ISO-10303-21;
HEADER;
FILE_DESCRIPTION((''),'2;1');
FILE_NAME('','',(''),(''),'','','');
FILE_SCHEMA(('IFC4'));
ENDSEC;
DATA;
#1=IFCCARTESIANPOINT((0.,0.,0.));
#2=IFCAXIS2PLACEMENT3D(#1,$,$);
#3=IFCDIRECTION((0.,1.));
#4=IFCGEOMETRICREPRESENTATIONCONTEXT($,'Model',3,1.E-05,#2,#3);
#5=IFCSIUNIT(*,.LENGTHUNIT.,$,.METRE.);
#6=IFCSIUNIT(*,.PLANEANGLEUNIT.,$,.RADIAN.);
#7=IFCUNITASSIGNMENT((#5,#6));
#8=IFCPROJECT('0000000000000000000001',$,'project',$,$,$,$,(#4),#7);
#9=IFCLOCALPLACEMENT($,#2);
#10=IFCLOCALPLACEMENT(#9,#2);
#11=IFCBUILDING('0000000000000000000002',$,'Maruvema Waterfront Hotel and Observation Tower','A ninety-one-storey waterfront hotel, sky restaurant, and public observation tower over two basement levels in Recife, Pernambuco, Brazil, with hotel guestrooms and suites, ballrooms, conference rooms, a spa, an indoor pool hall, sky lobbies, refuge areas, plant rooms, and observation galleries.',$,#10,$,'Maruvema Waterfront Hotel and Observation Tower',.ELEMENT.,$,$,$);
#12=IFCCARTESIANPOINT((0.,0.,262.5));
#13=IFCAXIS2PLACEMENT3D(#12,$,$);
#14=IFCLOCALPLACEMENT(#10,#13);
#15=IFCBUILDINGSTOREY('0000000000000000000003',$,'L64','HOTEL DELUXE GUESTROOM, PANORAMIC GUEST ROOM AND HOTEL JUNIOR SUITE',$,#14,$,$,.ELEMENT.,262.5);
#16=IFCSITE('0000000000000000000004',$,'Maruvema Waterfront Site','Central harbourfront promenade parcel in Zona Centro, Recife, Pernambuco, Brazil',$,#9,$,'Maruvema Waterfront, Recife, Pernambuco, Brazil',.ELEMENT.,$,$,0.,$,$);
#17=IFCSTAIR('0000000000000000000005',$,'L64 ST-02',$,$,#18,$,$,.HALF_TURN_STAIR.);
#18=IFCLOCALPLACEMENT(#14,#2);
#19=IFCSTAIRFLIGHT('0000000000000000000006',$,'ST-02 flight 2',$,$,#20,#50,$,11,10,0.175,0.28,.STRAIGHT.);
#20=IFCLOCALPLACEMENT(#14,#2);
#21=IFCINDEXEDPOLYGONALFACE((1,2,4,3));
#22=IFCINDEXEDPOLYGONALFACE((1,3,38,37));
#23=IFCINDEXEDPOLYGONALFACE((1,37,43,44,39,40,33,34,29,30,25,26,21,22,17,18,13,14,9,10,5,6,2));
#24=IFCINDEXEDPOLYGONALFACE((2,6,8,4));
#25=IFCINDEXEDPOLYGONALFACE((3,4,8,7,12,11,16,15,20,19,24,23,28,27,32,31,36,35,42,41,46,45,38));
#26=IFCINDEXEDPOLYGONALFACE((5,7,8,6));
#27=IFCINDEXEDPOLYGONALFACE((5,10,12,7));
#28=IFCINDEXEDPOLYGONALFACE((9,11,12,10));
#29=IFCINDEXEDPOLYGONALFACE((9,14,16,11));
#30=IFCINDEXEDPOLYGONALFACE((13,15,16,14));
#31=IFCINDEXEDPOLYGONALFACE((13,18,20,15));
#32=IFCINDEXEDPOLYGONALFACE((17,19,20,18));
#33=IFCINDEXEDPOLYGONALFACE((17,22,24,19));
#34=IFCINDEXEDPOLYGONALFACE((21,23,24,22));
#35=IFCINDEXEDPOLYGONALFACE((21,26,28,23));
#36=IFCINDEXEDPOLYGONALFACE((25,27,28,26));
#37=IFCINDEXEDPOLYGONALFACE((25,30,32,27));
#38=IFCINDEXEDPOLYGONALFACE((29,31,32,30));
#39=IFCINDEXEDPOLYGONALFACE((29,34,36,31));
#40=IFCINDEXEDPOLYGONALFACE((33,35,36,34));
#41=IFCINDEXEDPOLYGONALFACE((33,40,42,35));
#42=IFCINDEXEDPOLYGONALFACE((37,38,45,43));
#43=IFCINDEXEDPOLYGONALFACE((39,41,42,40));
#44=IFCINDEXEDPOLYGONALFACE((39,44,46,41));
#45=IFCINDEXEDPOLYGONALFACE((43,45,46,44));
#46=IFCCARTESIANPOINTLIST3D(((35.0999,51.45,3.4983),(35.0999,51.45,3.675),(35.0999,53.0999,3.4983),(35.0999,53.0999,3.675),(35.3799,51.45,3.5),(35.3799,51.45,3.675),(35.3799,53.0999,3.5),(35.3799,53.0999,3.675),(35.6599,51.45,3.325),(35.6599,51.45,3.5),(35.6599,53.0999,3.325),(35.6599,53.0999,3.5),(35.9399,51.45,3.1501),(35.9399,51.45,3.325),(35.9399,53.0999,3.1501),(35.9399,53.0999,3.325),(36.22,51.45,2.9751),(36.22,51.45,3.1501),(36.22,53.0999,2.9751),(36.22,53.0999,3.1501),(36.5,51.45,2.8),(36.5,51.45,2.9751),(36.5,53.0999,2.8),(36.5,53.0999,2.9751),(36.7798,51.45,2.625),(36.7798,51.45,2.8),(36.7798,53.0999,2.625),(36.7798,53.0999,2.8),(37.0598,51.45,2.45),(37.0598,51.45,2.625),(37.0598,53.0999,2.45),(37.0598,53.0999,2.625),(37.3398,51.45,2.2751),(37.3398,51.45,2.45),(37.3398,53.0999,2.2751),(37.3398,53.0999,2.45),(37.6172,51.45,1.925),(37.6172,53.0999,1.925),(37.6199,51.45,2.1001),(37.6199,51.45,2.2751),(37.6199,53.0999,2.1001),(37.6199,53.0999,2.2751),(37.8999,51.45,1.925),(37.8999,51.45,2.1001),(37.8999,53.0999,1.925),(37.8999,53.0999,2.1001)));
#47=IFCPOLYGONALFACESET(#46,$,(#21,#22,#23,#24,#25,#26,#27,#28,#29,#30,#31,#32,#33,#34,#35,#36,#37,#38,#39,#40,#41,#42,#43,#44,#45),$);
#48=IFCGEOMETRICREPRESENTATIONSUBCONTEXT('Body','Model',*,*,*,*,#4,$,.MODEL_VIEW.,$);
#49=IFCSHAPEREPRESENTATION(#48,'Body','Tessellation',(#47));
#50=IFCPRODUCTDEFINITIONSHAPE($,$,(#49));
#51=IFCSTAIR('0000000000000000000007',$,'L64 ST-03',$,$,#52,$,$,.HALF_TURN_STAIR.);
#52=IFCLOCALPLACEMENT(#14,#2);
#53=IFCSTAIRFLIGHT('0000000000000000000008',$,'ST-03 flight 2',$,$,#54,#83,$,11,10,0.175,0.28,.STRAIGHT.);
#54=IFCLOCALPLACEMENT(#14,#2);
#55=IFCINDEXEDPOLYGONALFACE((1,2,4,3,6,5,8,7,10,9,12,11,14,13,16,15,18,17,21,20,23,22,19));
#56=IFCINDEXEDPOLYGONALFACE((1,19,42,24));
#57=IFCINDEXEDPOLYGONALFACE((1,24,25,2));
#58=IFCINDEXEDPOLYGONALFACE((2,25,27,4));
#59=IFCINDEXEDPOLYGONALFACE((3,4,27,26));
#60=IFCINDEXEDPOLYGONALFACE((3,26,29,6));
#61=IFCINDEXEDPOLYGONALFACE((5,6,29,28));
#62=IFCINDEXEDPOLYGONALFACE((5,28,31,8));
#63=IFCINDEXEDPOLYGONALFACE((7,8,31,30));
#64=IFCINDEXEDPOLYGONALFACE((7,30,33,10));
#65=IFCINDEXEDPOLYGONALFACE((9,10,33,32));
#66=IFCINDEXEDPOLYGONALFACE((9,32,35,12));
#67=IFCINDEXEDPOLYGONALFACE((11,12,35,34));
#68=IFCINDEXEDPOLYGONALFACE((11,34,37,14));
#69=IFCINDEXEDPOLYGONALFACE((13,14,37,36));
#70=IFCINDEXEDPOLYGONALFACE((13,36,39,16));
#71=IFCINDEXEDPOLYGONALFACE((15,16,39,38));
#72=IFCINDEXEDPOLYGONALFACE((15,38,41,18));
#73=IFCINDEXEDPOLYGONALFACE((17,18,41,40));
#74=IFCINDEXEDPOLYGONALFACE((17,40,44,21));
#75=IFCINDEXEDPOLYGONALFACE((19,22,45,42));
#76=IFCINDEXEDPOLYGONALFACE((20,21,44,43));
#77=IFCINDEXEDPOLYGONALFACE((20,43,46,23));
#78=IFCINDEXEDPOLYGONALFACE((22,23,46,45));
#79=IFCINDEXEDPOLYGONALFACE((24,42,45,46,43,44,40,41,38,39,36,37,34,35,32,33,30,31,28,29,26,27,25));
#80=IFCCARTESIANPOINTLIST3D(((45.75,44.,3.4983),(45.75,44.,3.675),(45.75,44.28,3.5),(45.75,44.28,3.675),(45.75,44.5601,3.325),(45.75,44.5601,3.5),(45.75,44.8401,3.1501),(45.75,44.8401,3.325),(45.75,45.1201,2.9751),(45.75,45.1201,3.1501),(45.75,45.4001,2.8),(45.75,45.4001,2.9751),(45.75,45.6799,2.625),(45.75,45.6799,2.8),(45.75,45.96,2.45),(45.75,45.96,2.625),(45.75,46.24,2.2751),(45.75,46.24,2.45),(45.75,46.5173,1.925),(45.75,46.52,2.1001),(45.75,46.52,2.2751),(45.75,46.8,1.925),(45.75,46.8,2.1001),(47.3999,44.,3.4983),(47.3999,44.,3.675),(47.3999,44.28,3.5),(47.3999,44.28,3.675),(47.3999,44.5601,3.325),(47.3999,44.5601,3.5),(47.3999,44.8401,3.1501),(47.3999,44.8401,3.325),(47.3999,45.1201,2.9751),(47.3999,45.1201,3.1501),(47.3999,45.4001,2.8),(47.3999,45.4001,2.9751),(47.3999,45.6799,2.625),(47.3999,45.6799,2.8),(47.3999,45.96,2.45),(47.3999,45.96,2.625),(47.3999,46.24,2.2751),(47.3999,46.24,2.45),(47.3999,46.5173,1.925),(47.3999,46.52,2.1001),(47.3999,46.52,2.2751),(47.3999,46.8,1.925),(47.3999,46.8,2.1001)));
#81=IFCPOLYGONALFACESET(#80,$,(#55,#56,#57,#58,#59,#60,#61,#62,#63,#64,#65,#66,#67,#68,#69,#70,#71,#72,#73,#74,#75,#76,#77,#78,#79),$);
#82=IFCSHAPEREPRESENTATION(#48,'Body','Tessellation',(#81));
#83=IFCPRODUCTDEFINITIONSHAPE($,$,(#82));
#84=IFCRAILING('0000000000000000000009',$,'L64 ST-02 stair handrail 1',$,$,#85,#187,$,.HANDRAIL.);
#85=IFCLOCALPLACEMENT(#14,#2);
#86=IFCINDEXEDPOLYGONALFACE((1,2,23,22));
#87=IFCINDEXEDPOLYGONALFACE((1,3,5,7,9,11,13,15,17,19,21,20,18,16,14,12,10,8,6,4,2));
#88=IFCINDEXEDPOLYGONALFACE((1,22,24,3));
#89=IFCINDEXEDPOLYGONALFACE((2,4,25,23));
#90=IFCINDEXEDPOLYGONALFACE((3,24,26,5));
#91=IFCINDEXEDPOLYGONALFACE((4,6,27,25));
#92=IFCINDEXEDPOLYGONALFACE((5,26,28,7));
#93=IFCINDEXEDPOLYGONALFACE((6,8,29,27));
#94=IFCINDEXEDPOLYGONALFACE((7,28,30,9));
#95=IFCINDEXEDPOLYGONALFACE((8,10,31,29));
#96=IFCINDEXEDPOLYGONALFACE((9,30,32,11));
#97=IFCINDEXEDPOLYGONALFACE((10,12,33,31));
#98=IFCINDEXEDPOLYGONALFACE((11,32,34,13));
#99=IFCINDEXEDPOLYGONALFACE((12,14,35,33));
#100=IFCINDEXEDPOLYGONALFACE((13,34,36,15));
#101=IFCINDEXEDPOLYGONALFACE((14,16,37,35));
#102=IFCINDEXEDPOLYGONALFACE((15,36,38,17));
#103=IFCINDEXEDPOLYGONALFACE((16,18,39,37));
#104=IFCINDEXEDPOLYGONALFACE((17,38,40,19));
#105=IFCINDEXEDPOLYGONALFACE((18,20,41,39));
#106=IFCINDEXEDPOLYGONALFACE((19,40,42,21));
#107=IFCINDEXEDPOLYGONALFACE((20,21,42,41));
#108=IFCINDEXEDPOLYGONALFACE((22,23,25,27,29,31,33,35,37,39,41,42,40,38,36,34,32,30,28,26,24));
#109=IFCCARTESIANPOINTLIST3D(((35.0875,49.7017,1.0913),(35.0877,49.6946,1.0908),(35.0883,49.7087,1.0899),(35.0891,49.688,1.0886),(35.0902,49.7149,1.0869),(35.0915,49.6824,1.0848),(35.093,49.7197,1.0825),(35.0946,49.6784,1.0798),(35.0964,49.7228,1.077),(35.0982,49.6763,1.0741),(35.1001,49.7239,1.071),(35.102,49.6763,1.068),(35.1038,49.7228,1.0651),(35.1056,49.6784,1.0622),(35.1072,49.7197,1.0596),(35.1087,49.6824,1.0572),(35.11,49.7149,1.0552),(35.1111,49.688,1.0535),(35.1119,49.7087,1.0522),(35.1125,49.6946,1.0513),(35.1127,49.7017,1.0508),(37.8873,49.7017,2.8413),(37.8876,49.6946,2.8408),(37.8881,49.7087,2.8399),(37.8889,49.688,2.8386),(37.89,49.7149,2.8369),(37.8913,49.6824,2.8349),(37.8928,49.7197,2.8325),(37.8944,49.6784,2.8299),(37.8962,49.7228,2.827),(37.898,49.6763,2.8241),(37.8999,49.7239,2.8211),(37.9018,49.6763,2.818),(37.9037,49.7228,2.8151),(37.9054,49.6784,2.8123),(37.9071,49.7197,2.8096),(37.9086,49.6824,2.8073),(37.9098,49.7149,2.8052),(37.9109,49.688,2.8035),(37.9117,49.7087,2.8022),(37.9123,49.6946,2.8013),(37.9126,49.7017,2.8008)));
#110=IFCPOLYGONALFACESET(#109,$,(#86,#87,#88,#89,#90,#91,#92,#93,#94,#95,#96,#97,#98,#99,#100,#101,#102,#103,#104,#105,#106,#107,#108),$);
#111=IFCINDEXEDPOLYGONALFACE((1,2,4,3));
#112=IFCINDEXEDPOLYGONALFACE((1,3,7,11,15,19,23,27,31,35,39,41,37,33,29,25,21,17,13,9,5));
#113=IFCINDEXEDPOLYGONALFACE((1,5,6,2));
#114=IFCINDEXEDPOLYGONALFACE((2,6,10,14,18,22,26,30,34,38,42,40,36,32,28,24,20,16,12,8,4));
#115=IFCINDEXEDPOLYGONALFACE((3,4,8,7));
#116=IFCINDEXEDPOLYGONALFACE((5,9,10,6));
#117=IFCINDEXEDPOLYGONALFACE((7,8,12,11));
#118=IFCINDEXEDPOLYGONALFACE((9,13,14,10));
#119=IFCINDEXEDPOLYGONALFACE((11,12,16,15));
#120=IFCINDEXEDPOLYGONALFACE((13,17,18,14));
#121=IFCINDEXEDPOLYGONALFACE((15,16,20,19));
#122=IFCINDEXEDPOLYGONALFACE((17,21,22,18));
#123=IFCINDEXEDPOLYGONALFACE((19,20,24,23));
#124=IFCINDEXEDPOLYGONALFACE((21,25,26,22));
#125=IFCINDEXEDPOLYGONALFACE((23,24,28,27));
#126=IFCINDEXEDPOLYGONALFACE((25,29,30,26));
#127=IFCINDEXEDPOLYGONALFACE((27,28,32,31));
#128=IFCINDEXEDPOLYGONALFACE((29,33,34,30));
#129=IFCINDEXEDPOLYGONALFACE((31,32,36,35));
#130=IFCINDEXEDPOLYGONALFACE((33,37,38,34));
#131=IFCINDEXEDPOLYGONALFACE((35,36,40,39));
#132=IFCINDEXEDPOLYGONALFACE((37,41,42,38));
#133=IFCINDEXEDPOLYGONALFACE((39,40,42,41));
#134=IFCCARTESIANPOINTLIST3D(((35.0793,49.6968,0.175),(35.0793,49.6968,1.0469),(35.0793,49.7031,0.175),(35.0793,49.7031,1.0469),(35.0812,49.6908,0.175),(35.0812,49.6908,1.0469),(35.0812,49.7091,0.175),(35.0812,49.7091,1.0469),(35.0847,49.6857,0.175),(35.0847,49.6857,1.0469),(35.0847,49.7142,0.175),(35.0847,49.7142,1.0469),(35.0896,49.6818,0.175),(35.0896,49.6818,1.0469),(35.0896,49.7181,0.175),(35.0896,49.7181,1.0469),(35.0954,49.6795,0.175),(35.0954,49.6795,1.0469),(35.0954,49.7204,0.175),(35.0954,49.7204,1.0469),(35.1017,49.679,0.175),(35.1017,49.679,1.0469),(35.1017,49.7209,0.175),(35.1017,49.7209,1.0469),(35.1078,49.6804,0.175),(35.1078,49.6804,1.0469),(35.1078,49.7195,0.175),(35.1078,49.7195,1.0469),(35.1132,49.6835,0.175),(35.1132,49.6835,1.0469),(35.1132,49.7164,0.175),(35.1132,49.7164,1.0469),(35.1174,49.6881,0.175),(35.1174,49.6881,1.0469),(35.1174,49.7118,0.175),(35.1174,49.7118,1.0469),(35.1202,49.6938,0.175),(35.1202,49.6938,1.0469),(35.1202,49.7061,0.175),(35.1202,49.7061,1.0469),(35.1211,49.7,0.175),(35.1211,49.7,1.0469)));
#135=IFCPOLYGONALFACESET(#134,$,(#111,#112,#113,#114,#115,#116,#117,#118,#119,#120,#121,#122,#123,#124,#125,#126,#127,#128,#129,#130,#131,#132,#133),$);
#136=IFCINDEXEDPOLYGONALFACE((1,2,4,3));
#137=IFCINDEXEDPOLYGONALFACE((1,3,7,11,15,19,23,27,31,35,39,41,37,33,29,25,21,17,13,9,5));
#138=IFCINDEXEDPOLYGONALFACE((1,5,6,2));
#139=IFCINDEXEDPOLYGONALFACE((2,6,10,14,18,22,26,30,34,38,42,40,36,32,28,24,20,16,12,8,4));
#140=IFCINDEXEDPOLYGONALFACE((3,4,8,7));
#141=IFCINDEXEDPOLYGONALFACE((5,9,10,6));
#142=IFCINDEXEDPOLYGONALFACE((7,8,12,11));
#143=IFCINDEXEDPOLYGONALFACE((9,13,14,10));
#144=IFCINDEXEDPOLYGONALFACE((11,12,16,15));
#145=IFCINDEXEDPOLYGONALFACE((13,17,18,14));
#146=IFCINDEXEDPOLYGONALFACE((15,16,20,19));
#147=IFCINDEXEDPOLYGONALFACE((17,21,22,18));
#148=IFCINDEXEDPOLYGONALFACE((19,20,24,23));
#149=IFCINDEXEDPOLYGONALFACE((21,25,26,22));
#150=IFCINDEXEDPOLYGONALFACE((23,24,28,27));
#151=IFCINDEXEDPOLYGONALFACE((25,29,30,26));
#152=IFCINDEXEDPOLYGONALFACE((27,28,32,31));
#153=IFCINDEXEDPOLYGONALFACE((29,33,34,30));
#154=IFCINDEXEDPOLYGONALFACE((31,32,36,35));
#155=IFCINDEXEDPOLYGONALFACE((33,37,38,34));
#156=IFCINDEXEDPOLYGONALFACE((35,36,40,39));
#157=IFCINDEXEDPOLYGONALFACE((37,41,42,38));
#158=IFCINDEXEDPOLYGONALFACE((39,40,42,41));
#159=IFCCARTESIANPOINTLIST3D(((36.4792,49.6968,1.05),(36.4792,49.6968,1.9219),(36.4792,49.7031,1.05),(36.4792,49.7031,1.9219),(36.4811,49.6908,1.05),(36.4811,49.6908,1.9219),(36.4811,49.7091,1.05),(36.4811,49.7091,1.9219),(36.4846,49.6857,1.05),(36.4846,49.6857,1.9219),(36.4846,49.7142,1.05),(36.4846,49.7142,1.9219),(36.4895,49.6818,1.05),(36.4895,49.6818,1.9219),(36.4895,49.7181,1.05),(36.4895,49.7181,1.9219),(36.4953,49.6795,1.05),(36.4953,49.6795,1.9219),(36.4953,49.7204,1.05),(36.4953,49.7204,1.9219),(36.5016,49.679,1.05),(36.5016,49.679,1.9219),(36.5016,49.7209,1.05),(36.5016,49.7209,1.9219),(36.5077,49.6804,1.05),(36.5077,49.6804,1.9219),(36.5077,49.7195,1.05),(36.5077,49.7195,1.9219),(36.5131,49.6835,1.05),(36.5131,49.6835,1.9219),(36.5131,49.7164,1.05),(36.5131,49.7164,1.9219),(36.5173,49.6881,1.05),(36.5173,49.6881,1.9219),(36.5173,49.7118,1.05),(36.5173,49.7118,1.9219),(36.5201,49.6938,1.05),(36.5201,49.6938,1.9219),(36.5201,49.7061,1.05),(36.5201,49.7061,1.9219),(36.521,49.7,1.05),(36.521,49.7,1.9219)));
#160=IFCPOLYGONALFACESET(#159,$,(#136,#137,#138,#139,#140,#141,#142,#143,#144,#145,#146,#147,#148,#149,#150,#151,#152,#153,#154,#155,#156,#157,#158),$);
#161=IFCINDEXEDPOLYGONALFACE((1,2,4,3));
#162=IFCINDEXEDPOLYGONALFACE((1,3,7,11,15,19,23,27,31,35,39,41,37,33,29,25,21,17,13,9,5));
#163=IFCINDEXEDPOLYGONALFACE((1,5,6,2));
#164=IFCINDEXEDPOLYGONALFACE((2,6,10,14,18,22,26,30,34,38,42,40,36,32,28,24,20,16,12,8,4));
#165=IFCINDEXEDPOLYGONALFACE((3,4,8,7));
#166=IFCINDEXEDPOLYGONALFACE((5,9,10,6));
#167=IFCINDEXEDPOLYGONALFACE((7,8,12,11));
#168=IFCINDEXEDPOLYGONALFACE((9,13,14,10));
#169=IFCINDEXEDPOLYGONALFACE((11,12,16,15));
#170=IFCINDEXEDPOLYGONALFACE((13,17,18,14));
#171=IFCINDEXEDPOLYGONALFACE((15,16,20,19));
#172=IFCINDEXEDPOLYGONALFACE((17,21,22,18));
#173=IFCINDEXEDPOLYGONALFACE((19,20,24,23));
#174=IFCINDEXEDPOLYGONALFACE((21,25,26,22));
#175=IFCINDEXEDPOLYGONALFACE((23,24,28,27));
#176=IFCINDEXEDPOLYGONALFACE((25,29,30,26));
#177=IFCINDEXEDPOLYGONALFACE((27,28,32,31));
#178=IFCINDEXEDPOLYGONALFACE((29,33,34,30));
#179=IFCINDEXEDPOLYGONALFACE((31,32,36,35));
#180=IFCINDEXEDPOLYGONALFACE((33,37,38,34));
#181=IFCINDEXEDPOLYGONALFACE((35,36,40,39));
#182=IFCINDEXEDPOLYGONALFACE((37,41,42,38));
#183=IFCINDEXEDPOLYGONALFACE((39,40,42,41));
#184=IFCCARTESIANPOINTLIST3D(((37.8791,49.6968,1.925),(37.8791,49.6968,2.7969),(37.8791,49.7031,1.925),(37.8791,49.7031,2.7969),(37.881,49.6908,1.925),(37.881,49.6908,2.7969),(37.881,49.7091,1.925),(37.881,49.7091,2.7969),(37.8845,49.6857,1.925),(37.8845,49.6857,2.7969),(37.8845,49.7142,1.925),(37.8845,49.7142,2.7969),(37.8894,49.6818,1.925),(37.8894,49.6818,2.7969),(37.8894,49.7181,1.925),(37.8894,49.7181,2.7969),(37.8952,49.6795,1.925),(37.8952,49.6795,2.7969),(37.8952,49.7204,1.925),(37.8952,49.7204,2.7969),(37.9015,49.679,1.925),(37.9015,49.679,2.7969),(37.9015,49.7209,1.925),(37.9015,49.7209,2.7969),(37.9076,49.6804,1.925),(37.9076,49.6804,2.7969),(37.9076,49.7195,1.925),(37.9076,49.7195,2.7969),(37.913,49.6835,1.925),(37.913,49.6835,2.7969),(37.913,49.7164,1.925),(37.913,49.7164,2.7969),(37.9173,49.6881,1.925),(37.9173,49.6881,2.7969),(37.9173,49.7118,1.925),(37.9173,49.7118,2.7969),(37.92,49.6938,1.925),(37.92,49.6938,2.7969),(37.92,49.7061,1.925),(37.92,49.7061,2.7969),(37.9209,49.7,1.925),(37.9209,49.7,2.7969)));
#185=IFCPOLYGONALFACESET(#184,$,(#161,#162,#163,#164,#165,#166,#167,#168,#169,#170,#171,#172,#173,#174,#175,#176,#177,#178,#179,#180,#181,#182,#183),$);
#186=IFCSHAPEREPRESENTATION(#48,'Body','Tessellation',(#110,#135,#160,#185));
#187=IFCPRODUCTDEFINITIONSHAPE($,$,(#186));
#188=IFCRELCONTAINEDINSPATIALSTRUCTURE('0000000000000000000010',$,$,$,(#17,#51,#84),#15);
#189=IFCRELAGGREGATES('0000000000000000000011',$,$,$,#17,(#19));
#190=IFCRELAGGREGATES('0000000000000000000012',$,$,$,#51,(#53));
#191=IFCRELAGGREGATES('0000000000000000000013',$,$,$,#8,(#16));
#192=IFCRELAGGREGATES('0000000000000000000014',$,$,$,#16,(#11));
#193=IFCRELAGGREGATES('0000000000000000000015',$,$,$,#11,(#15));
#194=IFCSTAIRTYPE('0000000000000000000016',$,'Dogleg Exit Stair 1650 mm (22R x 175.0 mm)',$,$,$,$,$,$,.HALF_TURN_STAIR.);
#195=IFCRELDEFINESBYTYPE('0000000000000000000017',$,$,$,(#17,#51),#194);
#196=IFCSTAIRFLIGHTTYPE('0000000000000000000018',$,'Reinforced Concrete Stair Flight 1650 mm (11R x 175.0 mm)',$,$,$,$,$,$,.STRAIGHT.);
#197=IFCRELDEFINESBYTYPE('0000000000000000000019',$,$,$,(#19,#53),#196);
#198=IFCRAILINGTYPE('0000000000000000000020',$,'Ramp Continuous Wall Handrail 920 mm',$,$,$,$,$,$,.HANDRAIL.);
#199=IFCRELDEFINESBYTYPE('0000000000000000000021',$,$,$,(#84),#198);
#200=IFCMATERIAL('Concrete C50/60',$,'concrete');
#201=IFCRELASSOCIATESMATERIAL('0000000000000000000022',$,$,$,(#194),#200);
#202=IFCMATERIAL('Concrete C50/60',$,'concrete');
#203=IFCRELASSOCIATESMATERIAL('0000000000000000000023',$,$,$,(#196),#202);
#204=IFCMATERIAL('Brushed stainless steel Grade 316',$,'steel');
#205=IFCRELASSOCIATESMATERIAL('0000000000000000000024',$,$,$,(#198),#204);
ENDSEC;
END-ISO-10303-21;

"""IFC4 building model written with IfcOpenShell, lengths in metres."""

from ifc_helpers import new_model, si_unit, direction, frame, origin, origin_2d, place, context, subcontext, project, spatial, polyline, circle, outline, extrude, material, type_object, element, aggregate, save


model = new_model("IFC4")

# Units and contexts
model_context = context("Model", 3, precision=1e-05, world=origin(), true_north=direction((0.0, 1.0)))
body_context = subcontext(model_context, "Body", "Model", "MODEL_VIEW")
ifc_project = project(units=[si_unit("LENGTHUNIT", "METRE"), si_unit("PLANEANGLEUNIT", "RADIAN")], contexts=[model_context])

# Site, building, storey
site_placement = place(None, origin())
site = spatial("IfcSite", under=ifc_project, at=site_placement, Name="Maruvema Waterfront Site", Description="Central harbourfront promenade parcel in Zona Centro, Recife, Pernambuco, Brazil", LongName="Maruvema Waterfront, Recife, Pernambuco, Brazil", CompositionType="ELEMENT", RefElevation=0.0)
building_placement = place(site_placement, origin())
building = spatial("IfcBuilding", under=site, at=building_placement, Name="Maruvema Waterfront Hotel and Observation Tower", Description="A ninety-one-storey waterfront hotel, sky restaurant, and public observation tower over two basement levels in Recife, Pernambuco, Brazil, with hotel guestrooms and suites, ballrooms, conference rooms, a spa, an indoor pool hall, sky lobbies, refuge areas, plant rooms, and observation galleries.", LongName="Maruvema Waterfront Hotel and Observation Tower", CompositionType="ELEMENT")
storey_placement = place(building_placement, frame((0.0, 0.0, 262.5)))
storey = spatial("IfcBuildingStorey", under=building, at=storey_placement, Name="L64", Description="HOTEL DELUXE GUESTROOM, PANORAMIC GUEST ROOM AND HOTEL JUNIOR SUITE", CompositionType="ELEMENT", Elevation=262.5)

# Stairs, stair flights
ifc_material_1 = material(Name="Concrete C50/60", Category="concrete")
stair_type = type_object("IfcStairType", Name="Dogleg Exit Stair 1650 mm (22R x 175.0 mm)", PredefinedType="HALF_TURN_STAIR", material=ifc_material_1)
stair_1_placement = place(storey_placement, origin())
stair_1 = element("IfcStair", 1, at=stair_1_placement, inside=storey, type_object=stair_type, Name="L64 ST-02", PredefinedType="HALF_TURN_STAIR")
ifc_material_2 = material(Name="Concrete C50/60", Category="concrete")
stair_flight_type = type_object("IfcStairFlightType", Name="Reinforced Concrete Stair Flight 1650 mm (11R x 175.0 mm)", PredefinedType="STRAIGHT", material=ifc_material_2)
stair_flight_1_placement = place(storey_placement, frame((37.8999, 52.2749, 1.925), z_axis=(0.0, 0.0, 1.0), x_axis=(-1.0, 0.0, 0.0)))
stair_flight_1 = element("IfcStairFlight", 2, at=stair_flight_1_placement, type_object=stair_flight_type, Name="ST-02 flight 2", NumberOfRisers=11, NumberOfTreads=10, PredefinedType="STRAIGHT", RiserHeight=0.175, TreadLength=0.28, context=body_context, shape_type="SweptSolid", body=[
    extrude(outline(polyline([(0.0, 0.0), (0.0, 0.175), (0.28, 0.175), (0.28, 0.3501), (0.5601, 0.3501), (0.5601, 0.5249), (0.8401, 0.5249), (0.8401, 0.7), (1.1201, 0.7), (1.1201, 0.875), (1.3999, 0.875), (1.3999, 1.05), (1.6799, 1.05), (1.6799, 1.2251), (1.96, 1.2251), (1.96, 1.3999), (2.24, 1.3999), (2.24, 1.575), (2.52, 1.575), (2.52, 1.75), (2.8, 1.75), (2.8, 1.925), (2.8, 1.5732), (0.2827, 0.0), (0.0, 0.0)])), frame((0.0, 0.825, 0.0), z_axis=(0.0, -1.0, 0.0), x_axis=(1.0, 0.0, 0.0)), (0.0, 0.0, 1.0), 1.6499),
])
aggregate(stair_1, [stair_flight_1])
stair_2_placement = place(storey_placement, origin())
stair_2 = element("IfcStair", 3, at=stair_2_placement, inside=storey, type_object=stair_type, Name="L64 ST-03", PredefinedType="HALF_TURN_STAIR")
stair_flight_2_placement = place(storey_placement, frame((46.575, 46.8, 1.925), z_axis=(0.0, 0.0, 1.0), x_axis=(0.0, -1.0, 0.0)))
stair_flight_2 = element("IfcStairFlight", 4, at=stair_flight_2_placement, type_object=stair_flight_type, Name="ST-03 flight 2", NumberOfRisers=11, NumberOfTreads=10, PredefinedType="STRAIGHT", RiserHeight=0.175, TreadLength=0.28, context=body_context, shape_type="SweptSolid", body=[
    extrude(outline(polyline([(0.0, 0.0), (0.0, 0.175), (0.28, 0.175), (0.28, 0.3501), (0.5601, 0.3501), (0.5601, 0.5249), (0.8401, 0.5249), (0.8401, 0.7), (1.1201, 0.7), (1.1201, 0.875), (1.3999, 0.875), (1.3999, 1.05), (1.6799, 1.05), (1.6799, 1.2251), (1.96, 1.2251), (1.96, 1.3999), (2.24, 1.3999), (2.24, 1.575), (2.52, 1.575), (2.52, 1.75), (2.8, 1.75), (2.8, 1.925), (2.8, 1.5732), (0.2827, 0.0), (0.0, 0.0)])), frame((0.0, 0.825, 0.0), z_axis=(0.0, -1.0, 0.0), x_axis=(1.0, 0.0, 0.0)), (0.0, 0.0, 1.0), 1.6499),
])
aggregate(stair_2, [stair_flight_2])

# Railing
ifc_material_3 = material(Name="Brushed stainless steel Grade 316", Category="steel")
railing_type_1 = type_object("IfcRailingType", Name="Ramp Continuous Wall Handrail 920 mm", PredefinedType="HANDRAIL", material=ifc_material_3)
railing_1_placement = place(storey_placement, frame((35.1001, 49.7, 0.175)))
element("IfcRailing", 5, at=railing_1_placement, inside=storey, type_object=railing_type_1, Name="L64 ST-02 stair handrail 1", PredefinedType="HANDRAIL", context=body_context, shape_type="SweptSolid", body=[
    extrude(circle(Radius=0.0239, at=origin_2d()), frame((0.0, 0.0, 0.896), z_axis=(0.847982, 0.0, 0.530026), x_axis=(0.0, 1.0, 0.0)), (0.0, 0.0, 1.0), 3.3018),
    extrude(circle(Radius=0.021, at=origin_2d()), origin(), (0.0, 0.0, 1.0), 0.8718),
    extrude(circle(Radius=0.021, at=origin_2d()), frame((1.3999, 0.0, 0.875)), (0.0, 0.0, 1.0), 0.8718),
    extrude(circle(Radius=0.021, at=origin_2d()), frame((2.7998, 0.0, 1.75)), (0.0, 0.0, 1.0), 0.8718),
])

save(model, "model.ifc")
